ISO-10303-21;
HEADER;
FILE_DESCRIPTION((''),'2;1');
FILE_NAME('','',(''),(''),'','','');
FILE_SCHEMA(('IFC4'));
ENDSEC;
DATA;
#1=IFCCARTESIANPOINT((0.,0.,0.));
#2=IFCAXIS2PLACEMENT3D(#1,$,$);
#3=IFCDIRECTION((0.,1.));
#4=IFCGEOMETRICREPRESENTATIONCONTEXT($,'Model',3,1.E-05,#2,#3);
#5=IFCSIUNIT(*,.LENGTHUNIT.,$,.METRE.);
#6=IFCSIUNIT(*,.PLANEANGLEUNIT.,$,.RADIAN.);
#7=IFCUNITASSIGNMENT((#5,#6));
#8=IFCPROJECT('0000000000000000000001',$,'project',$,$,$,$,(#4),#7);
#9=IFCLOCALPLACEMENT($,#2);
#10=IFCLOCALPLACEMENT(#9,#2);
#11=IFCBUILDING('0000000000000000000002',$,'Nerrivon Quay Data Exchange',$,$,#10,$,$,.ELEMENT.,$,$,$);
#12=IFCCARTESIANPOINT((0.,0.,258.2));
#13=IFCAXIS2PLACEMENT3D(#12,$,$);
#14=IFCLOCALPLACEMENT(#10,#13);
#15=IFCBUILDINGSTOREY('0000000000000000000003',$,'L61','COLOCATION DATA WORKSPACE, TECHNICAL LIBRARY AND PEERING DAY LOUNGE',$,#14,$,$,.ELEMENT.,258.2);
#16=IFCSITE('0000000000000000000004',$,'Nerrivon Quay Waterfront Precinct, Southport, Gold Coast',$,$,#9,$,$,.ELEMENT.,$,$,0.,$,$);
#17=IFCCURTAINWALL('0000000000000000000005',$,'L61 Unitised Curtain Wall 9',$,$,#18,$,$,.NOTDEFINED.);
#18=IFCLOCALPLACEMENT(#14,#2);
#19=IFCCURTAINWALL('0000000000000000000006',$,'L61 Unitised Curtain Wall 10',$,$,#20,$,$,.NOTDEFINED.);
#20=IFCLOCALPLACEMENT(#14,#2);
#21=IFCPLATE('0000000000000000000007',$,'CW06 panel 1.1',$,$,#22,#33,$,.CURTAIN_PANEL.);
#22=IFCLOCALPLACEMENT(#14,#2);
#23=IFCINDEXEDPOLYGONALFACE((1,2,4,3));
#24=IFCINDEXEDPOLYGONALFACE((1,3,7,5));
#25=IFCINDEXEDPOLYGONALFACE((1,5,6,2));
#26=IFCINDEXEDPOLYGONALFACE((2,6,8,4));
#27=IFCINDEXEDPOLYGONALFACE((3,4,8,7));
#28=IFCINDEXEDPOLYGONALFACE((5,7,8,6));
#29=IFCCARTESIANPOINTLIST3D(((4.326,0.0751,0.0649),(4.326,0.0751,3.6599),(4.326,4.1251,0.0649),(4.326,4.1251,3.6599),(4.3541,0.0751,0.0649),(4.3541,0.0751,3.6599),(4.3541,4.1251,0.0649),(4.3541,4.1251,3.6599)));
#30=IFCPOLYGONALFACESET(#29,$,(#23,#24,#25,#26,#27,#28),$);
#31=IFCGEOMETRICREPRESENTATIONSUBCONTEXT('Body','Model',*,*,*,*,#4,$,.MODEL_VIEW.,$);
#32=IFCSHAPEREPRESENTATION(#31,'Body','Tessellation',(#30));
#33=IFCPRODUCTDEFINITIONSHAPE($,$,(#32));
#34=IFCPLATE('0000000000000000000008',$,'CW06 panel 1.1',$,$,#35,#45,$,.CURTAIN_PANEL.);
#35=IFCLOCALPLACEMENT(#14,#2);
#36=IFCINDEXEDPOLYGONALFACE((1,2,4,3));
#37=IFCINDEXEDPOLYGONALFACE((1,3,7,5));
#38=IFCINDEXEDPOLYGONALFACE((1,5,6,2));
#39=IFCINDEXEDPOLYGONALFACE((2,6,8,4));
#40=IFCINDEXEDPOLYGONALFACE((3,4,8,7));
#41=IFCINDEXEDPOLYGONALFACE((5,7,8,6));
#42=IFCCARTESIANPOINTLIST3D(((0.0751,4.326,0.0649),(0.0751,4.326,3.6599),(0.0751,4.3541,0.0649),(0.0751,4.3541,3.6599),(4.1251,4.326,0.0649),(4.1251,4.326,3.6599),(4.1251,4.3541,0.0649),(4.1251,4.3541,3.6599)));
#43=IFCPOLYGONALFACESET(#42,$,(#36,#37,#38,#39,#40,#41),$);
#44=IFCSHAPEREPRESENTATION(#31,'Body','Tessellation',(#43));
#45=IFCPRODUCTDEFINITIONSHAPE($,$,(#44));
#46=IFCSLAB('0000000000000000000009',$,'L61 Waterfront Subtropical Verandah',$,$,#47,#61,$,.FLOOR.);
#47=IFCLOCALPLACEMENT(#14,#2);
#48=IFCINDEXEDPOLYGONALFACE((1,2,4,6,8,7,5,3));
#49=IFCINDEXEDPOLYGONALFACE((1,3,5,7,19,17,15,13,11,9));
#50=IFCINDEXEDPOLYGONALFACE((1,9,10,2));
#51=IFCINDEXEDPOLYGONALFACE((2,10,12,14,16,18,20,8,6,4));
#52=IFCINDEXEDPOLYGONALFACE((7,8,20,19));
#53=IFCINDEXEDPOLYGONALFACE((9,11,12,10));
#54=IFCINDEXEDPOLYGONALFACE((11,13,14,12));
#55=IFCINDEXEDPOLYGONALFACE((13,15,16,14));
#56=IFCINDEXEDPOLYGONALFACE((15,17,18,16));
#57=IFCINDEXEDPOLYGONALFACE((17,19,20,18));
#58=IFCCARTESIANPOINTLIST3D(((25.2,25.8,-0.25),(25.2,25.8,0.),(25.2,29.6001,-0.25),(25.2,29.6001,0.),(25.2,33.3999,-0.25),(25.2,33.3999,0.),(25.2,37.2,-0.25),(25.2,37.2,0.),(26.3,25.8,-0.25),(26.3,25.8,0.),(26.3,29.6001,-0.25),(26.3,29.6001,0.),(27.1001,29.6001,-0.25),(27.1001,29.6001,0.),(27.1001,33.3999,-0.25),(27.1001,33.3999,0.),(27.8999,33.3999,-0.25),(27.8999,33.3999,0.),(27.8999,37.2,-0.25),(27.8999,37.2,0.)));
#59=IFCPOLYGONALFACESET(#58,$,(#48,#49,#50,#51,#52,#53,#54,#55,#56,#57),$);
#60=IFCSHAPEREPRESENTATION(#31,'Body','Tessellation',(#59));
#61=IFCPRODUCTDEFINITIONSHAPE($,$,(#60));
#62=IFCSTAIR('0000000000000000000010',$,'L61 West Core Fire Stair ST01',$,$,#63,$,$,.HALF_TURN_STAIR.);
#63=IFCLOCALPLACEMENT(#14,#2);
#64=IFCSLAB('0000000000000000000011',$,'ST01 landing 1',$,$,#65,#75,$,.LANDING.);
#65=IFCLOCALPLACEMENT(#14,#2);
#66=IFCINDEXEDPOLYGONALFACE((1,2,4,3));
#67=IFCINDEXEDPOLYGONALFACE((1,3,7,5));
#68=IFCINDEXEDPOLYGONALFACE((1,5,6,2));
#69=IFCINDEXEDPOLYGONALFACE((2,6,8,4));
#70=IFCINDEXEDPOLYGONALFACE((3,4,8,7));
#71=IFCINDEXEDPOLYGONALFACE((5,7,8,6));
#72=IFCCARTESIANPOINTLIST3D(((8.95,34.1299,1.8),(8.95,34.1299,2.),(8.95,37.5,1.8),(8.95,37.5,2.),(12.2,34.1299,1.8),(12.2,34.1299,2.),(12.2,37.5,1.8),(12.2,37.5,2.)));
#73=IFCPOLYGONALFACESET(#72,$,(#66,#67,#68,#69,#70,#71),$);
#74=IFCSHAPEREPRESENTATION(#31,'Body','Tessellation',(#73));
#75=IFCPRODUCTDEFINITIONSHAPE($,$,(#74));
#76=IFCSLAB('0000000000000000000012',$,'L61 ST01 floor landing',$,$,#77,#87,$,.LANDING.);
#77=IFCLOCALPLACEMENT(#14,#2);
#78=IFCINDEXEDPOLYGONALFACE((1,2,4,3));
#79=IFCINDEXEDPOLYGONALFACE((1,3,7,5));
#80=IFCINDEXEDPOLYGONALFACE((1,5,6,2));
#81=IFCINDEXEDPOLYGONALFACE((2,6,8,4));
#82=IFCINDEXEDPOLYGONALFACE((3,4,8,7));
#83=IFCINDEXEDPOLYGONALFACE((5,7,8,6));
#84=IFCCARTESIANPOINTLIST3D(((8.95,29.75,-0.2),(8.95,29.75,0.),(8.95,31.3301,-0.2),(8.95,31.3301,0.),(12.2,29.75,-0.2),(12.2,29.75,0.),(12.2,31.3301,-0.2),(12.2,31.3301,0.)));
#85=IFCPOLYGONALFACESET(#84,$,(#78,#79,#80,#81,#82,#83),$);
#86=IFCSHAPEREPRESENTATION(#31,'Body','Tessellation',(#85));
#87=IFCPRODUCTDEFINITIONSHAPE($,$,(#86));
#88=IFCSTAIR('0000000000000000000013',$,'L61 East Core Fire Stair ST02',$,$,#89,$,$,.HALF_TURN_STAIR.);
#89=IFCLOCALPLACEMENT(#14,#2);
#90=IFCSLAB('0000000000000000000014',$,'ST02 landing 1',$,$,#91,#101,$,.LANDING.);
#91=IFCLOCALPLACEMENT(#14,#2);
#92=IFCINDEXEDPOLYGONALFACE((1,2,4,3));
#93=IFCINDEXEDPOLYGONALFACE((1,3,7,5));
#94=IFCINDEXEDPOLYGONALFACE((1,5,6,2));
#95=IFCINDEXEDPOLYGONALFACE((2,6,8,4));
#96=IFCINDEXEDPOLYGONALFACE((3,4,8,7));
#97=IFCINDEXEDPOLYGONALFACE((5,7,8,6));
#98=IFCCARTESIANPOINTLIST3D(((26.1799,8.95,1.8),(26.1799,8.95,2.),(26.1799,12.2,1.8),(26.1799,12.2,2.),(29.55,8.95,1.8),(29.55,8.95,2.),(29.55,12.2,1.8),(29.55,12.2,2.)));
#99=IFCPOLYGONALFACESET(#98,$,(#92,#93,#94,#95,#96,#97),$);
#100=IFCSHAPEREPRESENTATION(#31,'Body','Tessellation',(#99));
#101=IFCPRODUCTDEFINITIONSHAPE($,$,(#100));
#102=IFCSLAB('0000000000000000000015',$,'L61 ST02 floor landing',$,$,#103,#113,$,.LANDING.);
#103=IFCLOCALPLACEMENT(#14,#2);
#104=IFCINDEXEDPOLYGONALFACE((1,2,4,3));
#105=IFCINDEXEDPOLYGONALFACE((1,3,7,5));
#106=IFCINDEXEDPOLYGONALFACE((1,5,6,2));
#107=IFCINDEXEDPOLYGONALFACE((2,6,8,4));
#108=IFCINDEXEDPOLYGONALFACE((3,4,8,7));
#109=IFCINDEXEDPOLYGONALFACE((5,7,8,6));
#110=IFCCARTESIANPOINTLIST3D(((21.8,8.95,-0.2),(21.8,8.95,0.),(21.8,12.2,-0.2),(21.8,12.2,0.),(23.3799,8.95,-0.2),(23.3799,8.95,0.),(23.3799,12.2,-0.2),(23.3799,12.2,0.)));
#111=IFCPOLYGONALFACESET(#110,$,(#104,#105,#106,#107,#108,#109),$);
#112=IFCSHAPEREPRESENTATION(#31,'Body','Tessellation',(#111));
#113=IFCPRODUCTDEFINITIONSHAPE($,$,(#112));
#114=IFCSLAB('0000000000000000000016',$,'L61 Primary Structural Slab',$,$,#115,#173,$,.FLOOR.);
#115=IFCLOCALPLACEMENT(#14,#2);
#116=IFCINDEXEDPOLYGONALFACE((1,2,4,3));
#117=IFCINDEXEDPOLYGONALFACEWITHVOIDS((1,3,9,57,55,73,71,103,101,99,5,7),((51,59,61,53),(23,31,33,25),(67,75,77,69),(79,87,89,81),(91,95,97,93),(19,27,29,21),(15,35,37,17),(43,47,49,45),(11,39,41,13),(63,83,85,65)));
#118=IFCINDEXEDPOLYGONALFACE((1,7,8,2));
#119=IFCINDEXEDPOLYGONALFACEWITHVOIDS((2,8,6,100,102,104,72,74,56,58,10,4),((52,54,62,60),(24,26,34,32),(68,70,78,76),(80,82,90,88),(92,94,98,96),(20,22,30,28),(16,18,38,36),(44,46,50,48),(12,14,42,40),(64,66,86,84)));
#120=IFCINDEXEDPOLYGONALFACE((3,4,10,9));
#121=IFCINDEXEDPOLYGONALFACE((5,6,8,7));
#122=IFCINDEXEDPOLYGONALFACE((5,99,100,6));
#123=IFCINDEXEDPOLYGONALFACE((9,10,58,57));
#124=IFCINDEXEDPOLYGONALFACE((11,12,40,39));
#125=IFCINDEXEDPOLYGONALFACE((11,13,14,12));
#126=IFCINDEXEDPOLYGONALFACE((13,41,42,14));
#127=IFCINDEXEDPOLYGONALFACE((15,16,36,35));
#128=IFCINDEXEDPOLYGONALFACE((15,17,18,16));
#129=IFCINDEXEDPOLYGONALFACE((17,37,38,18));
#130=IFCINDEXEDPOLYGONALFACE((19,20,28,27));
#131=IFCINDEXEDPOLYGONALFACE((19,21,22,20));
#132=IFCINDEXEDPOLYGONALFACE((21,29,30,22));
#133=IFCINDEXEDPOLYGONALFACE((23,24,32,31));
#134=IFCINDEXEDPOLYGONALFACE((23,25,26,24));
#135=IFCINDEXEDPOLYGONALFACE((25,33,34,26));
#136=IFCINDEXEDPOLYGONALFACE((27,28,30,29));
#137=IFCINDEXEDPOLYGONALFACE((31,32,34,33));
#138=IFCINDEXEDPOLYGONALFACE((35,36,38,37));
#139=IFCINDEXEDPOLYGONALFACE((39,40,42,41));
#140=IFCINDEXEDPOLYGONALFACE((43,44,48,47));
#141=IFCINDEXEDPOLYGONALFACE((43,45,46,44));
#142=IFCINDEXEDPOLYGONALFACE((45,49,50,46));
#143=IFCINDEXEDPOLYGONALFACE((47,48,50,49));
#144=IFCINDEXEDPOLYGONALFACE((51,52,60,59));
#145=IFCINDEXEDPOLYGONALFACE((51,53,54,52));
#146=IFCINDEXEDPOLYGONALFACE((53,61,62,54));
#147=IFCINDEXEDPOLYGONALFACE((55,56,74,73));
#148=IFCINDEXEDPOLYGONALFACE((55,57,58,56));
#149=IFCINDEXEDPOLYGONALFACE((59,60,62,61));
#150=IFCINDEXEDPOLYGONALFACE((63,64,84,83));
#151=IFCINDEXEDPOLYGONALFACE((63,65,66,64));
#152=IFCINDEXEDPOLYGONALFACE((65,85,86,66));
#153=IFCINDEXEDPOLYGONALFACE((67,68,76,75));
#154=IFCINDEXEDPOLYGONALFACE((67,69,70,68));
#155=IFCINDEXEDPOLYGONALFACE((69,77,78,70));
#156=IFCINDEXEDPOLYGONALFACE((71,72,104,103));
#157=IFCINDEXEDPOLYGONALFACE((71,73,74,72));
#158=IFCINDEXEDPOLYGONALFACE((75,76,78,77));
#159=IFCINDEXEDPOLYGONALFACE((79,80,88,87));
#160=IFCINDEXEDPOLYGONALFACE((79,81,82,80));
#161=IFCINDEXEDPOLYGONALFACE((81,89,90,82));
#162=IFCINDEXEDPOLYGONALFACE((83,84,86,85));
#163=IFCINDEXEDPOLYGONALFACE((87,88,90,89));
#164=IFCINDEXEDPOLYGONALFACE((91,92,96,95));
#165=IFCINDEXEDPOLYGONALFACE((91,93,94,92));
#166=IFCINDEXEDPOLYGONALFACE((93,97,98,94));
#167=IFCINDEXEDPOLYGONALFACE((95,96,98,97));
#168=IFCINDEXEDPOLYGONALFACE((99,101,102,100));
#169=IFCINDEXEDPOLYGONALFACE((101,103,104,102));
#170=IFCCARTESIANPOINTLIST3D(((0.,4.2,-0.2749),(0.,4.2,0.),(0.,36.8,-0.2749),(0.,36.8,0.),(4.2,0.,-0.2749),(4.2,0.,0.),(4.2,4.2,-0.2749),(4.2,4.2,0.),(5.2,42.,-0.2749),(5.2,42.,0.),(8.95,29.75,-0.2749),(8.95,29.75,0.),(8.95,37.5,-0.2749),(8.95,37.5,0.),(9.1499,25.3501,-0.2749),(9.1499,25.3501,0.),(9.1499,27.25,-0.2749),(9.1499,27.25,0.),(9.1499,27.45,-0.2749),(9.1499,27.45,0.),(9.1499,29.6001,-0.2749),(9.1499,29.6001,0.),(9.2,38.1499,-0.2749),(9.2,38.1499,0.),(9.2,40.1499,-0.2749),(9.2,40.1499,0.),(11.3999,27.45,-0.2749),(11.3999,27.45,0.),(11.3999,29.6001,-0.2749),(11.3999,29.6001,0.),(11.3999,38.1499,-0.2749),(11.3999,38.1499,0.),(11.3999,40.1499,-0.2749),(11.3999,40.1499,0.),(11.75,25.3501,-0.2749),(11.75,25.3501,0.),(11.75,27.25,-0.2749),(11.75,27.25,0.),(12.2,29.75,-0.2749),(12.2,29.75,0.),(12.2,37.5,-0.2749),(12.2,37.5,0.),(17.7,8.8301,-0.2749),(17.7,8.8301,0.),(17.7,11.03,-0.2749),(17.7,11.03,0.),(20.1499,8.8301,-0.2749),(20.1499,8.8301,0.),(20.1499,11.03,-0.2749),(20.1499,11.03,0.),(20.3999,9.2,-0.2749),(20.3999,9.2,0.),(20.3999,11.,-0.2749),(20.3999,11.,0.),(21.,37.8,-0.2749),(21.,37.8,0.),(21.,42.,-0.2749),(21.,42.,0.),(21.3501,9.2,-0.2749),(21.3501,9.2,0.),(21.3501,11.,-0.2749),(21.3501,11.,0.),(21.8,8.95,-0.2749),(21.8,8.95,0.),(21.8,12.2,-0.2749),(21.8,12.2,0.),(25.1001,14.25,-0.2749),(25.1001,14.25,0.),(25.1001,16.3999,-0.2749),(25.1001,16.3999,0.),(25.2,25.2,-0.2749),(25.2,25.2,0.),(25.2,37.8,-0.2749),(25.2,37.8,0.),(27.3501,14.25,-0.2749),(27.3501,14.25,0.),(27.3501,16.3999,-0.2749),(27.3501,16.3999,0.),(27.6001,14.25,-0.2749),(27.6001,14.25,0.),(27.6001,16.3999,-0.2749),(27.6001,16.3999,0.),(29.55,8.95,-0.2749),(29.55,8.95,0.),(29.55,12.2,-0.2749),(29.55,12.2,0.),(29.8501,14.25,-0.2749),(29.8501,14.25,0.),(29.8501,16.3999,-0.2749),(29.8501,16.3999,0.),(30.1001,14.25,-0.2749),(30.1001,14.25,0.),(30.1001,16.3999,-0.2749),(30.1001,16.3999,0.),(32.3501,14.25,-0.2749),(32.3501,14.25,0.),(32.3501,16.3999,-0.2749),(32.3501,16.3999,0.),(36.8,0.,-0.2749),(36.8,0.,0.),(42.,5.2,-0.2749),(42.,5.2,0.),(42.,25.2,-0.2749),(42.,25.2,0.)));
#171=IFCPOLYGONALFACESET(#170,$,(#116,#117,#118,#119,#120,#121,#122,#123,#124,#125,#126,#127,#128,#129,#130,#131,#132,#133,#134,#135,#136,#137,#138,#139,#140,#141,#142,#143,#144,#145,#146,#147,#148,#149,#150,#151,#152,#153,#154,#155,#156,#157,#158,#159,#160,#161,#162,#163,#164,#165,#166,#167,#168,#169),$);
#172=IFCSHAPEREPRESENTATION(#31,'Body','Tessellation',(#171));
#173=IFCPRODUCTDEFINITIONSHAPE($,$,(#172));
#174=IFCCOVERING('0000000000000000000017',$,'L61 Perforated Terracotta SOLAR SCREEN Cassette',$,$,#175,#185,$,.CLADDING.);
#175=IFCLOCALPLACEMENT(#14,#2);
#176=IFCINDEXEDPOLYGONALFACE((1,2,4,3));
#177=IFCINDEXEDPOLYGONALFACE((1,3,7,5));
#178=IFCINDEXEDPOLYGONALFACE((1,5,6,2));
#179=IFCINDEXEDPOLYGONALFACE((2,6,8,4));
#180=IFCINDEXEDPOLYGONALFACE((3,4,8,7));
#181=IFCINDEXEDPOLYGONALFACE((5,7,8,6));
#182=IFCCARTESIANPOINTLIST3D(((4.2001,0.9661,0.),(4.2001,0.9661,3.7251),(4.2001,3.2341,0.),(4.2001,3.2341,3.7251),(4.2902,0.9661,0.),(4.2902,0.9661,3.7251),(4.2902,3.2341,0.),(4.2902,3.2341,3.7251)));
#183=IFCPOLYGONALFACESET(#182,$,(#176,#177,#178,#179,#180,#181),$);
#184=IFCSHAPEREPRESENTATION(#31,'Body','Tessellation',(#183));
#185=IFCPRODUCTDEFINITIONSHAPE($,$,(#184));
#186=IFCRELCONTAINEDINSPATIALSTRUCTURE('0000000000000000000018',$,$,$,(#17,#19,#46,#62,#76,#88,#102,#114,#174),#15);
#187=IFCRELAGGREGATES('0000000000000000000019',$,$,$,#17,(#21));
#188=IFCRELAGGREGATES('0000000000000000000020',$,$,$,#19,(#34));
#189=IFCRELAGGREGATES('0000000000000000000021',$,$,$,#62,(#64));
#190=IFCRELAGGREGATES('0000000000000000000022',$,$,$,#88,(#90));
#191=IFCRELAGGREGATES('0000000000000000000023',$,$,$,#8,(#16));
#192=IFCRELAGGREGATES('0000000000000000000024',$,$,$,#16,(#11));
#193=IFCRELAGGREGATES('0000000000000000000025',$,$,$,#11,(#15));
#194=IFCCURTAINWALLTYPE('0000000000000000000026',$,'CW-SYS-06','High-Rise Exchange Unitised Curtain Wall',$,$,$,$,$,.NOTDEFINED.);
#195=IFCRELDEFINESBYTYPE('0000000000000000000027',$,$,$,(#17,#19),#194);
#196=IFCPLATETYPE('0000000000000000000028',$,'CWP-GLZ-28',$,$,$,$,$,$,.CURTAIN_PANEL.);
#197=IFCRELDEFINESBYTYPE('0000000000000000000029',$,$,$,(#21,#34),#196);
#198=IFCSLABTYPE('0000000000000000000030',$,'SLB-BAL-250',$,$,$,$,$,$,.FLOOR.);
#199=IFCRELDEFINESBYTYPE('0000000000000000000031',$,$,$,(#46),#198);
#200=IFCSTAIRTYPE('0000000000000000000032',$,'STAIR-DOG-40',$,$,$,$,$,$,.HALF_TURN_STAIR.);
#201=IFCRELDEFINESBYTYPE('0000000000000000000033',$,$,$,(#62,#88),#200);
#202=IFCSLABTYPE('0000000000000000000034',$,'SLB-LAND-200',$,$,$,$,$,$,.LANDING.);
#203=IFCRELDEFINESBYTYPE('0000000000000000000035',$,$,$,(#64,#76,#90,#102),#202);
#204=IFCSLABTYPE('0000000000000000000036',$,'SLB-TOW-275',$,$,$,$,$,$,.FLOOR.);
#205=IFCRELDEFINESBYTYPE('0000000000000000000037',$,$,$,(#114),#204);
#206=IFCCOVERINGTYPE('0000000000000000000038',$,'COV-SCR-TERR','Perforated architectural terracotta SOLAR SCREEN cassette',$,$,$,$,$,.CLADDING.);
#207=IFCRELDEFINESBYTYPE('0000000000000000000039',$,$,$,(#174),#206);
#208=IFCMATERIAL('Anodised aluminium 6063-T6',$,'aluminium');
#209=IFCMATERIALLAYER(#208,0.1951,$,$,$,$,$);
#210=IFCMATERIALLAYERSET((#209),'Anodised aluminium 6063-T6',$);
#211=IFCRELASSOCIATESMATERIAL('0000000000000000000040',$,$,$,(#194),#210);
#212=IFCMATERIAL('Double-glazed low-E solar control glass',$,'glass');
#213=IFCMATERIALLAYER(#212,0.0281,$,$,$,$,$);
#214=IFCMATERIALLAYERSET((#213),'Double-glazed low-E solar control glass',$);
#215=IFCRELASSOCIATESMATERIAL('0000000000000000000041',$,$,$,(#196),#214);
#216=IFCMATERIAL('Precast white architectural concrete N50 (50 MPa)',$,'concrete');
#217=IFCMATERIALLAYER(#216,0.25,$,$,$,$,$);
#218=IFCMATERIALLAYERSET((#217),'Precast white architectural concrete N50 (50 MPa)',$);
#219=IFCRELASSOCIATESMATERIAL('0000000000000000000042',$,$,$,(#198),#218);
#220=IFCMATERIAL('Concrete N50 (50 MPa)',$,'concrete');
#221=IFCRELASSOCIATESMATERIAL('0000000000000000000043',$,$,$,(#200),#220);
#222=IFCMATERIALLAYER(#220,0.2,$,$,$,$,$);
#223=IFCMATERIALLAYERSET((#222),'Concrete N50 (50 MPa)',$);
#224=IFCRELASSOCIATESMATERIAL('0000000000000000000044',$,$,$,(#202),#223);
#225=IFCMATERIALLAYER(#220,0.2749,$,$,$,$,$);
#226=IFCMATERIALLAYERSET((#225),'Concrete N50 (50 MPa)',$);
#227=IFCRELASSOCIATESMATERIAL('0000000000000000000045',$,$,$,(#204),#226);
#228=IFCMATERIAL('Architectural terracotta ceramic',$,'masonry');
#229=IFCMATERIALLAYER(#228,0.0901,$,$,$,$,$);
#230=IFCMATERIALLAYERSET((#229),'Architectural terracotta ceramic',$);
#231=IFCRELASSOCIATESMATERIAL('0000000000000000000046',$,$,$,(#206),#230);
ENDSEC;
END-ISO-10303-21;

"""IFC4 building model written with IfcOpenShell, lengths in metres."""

from ifc_helpers import new_model, si_unit, direction, frame, origin, origin_2d, place, context, subcontext, project, spatial, polyline, rectangle, outline, extrude, material, layer, layer_set, type_object, element, aggregate, save


model = new_model("IFC4")

# Units and contexts
model_context = context("Model", 3, precision=1e-05, world=origin(), true_north=direction((0.0, 1.0)))
body_context = subcontext(model_context, "Body", "Model", "MODEL_VIEW")
ifc_project = project(units=[si_unit("LENGTHUNIT", "METRE"), si_unit("PLANEANGLEUNIT", "RADIAN")], contexts=[model_context])

# Site, building, storey
site_placement = place(None, origin())
site = spatial("IfcSite", under=ifc_project, at=site_placement, Name="Nerrivon Quay Waterfront Precinct, Southport, Gold Coast", CompositionType="ELEMENT", RefElevation=0.0)
building_placement = place(site_placement, origin())
building = spatial("IfcBuilding", under=site, at=building_placement, Name="Nerrivon Quay Data Exchange", CompositionType="ELEMENT")
storey_placement = place(building_placement, frame((0.0, 0.0, 258.2)))
storey = spatial("IfcBuildingStorey", under=building, at=storey_placement, Name="L61", Description="COLOCATION DATA WORKSPACE, TECHNICAL LIBRARY AND PEERING DAY LOUNGE", CompositionType="ELEMENT", Elevation=258.2)

# Shared definitions
ifc_material_1 = material(Name="Anodised aluminium 6063-T6", Category="aluminium")
ifc_layer_1 = layer(ifc_material_1, 0.1951)
ifc_layer_set_1 = layer_set([ifc_layer_1], Name="Anodised aluminium 6063-T6")
curtain_wall_type = type_object("IfcCurtainWallType", Name="CW-SYS-06", Description="High-Rise Exchange Unitised Curtain Wall", PredefinedType="NOTDEFINED", material=ifc_layer_set_1)

# Curtain wall
curtain_wall_1_placement = place(storey_placement, origin())
curtain_wall_1 = element("IfcCurtainWall", 1, at=curtain_wall_1_placement, inside=storey, type_object=curtain_wall_type, Name="L61 Unitised Curtain Wall 9", PredefinedType="NOTDEFINED")

# Curtain wall
curtain_wall_2_placement = place(storey_placement, origin())
curtain_wall_2 = element("IfcCurtainWall", 2, at=curtain_wall_2_placement, inside=storey, type_object=curtain_wall_type, Name="L61 Unitised Curtain Wall 10", PredefinedType="NOTDEFINED")

# Plates
ifc_material_2 = material(Name="Double-glazed low-E solar control glass", Category="glass")
ifc_layer_2 = layer(ifc_material_2, 0.0281)
ifc_layer_set_2 = layer_set([ifc_layer_2], Name="Double-glazed low-E solar control glass")
plate_type = type_object("IfcPlateType", Name="CWP-GLZ-28", PredefinedType="CURTAIN_PANEL", material=ifc_layer_set_2)
plate_1_placement = place(storey_placement, frame((4.3401, 2.1001, 0.0649), z_axis=(0.0, 0.0, 1.0), x_axis=(0.0, 1.0, 0.0)))
plate_1 = element("IfcPlate", 3, at=plate_1_placement, type_object=plate_type, Name="CW06 panel 1.1", PredefinedType="CURTAIN_PANEL", context=body_context, shape_type="SweptSolid", body=[
    extrude(rectangle(XDim=4.05, YDim=0.0281, at=origin_2d()), origin(), (0.0, 0.0, 1.0), 3.595),
])
aggregate(curtain_wall_1, [plate_1])
plate_2_placement = place(storey_placement, frame((2.1001, 4.3401, 0.0649), z_axis=(0.0, 0.0, 1.0), x_axis=(-1.0, 0.0, 0.0)))
plate_2 = element("IfcPlate", 4, at=plate_2_placement, type_object=plate_type, Name="CW06 panel 1.1", PredefinedType="CURTAIN_PANEL", context=body_context, shape_type="SweptSolid", body=[
    extrude(rectangle(XDim=4.05, YDim=0.0281, at=origin_2d()), origin(), (0.0, 0.0, 1.0), 3.595),
])
aggregate(curtain_wall_2, [plate_2])

# Slab
ifc_material_3 = material(Name="Precast white architectural concrete N50 (50 MPa)", Category="concrete")
ifc_layer_3 = layer(ifc_material_3, 0.25)
ifc_layer_set_3 = layer_set([ifc_layer_3], Name="Precast white architectural concrete N50 (50 MPa)")
slab_type_1 = type_object("IfcSlabType", Name="SLB-BAL-250", PredefinedType="FLOOR", material=ifc_layer_set_3)
slab_1_placement = place(storey_placement, frame((0.0, 0.0, -0.25)))
element("IfcSlab", 5, at=slab_1_placement, inside=storey, type_object=slab_type_1, Name="L61 Waterfront Subtropical Verandah", PredefinedType="FLOOR", context=body_context, shape_type="SweptSolid", body=[
    extrude(outline(polyline([(26.3, 29.6001), (27.1001, 29.6001), (27.1001, 33.3999), (27.8999, 33.3999), (27.8999, 37.2), (25.2, 37.2), (25.2, 33.3999), (25.2, 29.6001), (25.2, 25.8), (26.3, 25.8), (26.3, 29.6001)])), origin(), (0.0, 0.0, 1.0), 0.25),
])

# Stair, slab
ifc_material_4 = material(Name="Concrete N50 (50 MPa)", Category="concrete")
stair_type = type_object("IfcStairType", Name="STAIR-DOG-40", PredefinedType="HALF_TURN_STAIR", material=ifc_material_4)
stair_1_placement = place(storey_placement, origin())
stair_1 = element("IfcStair", 6, at=stair_1_placement, inside=storey, type_object=stair_type, Name="L61 West Core Fire Stair ST01", PredefinedType="HALF_TURN_STAIR")
ifc_layer_4 = layer(ifc_material_4, 0.2)
ifc_layer_set_4 = layer_set([ifc_layer_4], Name="Concrete N50 (50 MPa)")
slab_type_2 = type_object("IfcSlabType", Name="SLB-LAND-200", PredefinedType="LANDING", material=ifc_layer_set_4)
slab_2_placement = place(storey_placement, frame((0.0, 0.0, 1.8)))
slab_2 = element("IfcSlab", 7, at=slab_2_placement, type_object=slab_type_2, Name="ST01 landing 1", PredefinedType="LANDING", context=body_context, shape_type="SweptSolid", body=[
    extrude(outline(polyline([(12.2, 34.1299), (12.2, 37.5), (8.95, 37.5), (8.95, 34.1299), (12.2, 34.1299)])), origin(), (0.0, 0.0, 1.0), 0.2),
])
aggregate(stair_1, [slab_2])

# Slab
slab_3_placement = place(storey_placement, frame((0.0, 0.0, -0.2)))
element("IfcSlab", 8, at=slab_3_placement, inside=storey, type_object=slab_type_2, Name="L61 ST01 floor landing", PredefinedType="LANDING", context=body_context, shape_type="SweptSolid", body=[
    extrude(outline(polyline([(12.2, 29.75), (12.2, 31.3301), (8.95, 31.3301), (8.95, 29.75), (12.2, 29.75)])), origin(), (0.0, 0.0, 1.0), 0.2),
])

# Stair, slab
stair_2_placement = place(storey_placement, origin())
stair_2 = element("IfcStair", 9, at=stair_2_placement, inside=storey, type_object=stair_type, Name="L61 East Core Fire Stair ST02", PredefinedType="HALF_TURN_STAIR")
slab_4_placement = place(storey_placement, frame((0.0, 0.0, 1.8)))
slab_4 = element("IfcSlab", 10, at=slab_4_placement, type_object=slab_type_2, Name="ST02 landing 1", PredefinedType="LANDING", context=body_context, shape_type="SweptSolid", body=[
    extrude(outline(polyline([(26.1799, 8.95), (29.55, 8.95), (29.55, 12.2), (26.1799, 12.2), (26.1799, 8.95)])), origin(), (0.0, 0.0, 1.0), 0.2),
])
aggregate(stair_2, [slab_4])

# Slabs
slab_5_placement = place(storey_placement, frame((0.0, 0.0, -0.2)))
element("IfcSlab", 11, at=slab_5_placement, inside=storey, type_object=slab_type_2, Name="L61 ST02 floor landing", PredefinedType="LANDING", context=body_context, shape_type="SweptSolid", body=[
    extrude(outline(polyline([(21.8, 8.95), (23.3799, 8.95), (23.3799, 12.2), (21.8, 12.2), (21.8, 8.95)])), origin(), (0.0, 0.0, 1.0), 0.2),
])
ifc_layer_5 = layer(ifc_material_4, 0.2749)
ifc_layer_set_5 = layer_set([ifc_layer_5], Name="Concrete N50 (50 MPa)")
slab_type_3 = type_object("IfcSlabType", Name="SLB-TOW-275", PredefinedType="FLOOR", material=ifc_layer_set_5)
slab_6_placement = place(storey_placement, frame((0.0, 0.0, -0.2749)))
element("IfcSlab", 12, at=slab_6_placement, inside=storey, type_object=slab_type_3, Name="L61 Primary Structural Slab", PredefinedType="FLOOR", context=body_context, shape_type="SweptSolid", body=[
    extrude(outline(polyline([(42.0, 25.2), (25.2, 25.2), (25.2, 37.8), (21.0, 37.8), (21.0, 42.0), (5.2, 42.0), (0.0, 36.8), (0.0, 4.2), (4.2, 4.2), (4.2, 0.0), (36.8, 0.0), (42.0, 5.2), (42.0, 25.2)]), holes=[polyline([(8.95, 29.75), (8.95, 37.5), (12.2, 37.5), (12.2, 29.75), (8.95, 29.75)]), polyline([(21.8, 12.2), (29.55, 12.2), (29.55, 8.95), (21.8, 8.95), (21.8, 12.2)]), polyline([(30.1001, 14.25), (30.1001, 16.3999), (32.3501, 16.3999), (32.3501, 14.25), (30.1001, 14.25)]), polyline([(27.6001, 14.25), (27.6001, 16.3999), (29.8501, 16.3999), (29.8501, 14.25), (27.6001, 14.25)]), polyline([(25.1001, 14.25), (25.1001, 16.3999), (27.3501, 16.3999), (27.3501, 14.25), (25.1001, 14.25)]), polyline([(20.3999, 9.2), (20.3999, 11.0), (21.3501, 11.0), (21.3501, 9.2), (20.3999, 9.2)]), polyline([(17.7, 8.8301), (17.7, 11.03), (20.1499, 11.03), (20.1499, 8.8301), (17.7, 8.8301)]), polyline([(9.1499, 25.3501), (9.1499, 27.25), (11.75, 27.25), (11.75, 25.3501), (9.1499, 25.3501)]), polyline([(9.1499, 27.45), (9.1499, 29.6001), (11.3999, 29.6001), (11.3999, 27.45), (9.1499, 27.45)]), polyline([(9.2, 38.1499), (9.2, 40.1499), (11.3999, 40.1499), (11.3999, 38.1499), (9.2, 38.1499)])]), origin(), (0.0, 0.0, 1.0), 0.2749),
])

# Covering
ifc_material_5 = material(Name="Architectural terracotta ceramic", Category="masonry")
ifc_layer_6 = layer(ifc_material_5, 0.0901)
ifc_layer_set_6 = layer_set([ifc_layer_6], Name="Architectural terracotta ceramic")
covering_type = type_object("IfcCoveringType", Name="COV-SCR-TERR", Description="Perforated architectural terracotta SOLAR SCREEN cassette", PredefinedType="CLADDING", material=ifc_layer_set_6)
for number, where, z_axis, x_axis, name in (
    (13, (4.2451, 2.1001, 0.0), (0.0, 0.0, 1.0), (0.0, 1.0, 0.0), "L61 Perforated Terracotta SOLAR SCREEN Cassette"),
):
    element("IfcCovering", number, at=place(storey_placement, frame(where, z_axis=z_axis, x_axis=x_axis)), inside=storey, type_object=covering_type, Name=name, PredefinedType="CLADDING", context=body_context, shape_type="SweptSolid", body=[
        extrude(rectangle(XDim=2.2681, YDim=0.0901, at=origin_2d()), origin(), (0.0, 0.0, 1.0), 3.7251),
    ])

save(model, "model.ifc")
